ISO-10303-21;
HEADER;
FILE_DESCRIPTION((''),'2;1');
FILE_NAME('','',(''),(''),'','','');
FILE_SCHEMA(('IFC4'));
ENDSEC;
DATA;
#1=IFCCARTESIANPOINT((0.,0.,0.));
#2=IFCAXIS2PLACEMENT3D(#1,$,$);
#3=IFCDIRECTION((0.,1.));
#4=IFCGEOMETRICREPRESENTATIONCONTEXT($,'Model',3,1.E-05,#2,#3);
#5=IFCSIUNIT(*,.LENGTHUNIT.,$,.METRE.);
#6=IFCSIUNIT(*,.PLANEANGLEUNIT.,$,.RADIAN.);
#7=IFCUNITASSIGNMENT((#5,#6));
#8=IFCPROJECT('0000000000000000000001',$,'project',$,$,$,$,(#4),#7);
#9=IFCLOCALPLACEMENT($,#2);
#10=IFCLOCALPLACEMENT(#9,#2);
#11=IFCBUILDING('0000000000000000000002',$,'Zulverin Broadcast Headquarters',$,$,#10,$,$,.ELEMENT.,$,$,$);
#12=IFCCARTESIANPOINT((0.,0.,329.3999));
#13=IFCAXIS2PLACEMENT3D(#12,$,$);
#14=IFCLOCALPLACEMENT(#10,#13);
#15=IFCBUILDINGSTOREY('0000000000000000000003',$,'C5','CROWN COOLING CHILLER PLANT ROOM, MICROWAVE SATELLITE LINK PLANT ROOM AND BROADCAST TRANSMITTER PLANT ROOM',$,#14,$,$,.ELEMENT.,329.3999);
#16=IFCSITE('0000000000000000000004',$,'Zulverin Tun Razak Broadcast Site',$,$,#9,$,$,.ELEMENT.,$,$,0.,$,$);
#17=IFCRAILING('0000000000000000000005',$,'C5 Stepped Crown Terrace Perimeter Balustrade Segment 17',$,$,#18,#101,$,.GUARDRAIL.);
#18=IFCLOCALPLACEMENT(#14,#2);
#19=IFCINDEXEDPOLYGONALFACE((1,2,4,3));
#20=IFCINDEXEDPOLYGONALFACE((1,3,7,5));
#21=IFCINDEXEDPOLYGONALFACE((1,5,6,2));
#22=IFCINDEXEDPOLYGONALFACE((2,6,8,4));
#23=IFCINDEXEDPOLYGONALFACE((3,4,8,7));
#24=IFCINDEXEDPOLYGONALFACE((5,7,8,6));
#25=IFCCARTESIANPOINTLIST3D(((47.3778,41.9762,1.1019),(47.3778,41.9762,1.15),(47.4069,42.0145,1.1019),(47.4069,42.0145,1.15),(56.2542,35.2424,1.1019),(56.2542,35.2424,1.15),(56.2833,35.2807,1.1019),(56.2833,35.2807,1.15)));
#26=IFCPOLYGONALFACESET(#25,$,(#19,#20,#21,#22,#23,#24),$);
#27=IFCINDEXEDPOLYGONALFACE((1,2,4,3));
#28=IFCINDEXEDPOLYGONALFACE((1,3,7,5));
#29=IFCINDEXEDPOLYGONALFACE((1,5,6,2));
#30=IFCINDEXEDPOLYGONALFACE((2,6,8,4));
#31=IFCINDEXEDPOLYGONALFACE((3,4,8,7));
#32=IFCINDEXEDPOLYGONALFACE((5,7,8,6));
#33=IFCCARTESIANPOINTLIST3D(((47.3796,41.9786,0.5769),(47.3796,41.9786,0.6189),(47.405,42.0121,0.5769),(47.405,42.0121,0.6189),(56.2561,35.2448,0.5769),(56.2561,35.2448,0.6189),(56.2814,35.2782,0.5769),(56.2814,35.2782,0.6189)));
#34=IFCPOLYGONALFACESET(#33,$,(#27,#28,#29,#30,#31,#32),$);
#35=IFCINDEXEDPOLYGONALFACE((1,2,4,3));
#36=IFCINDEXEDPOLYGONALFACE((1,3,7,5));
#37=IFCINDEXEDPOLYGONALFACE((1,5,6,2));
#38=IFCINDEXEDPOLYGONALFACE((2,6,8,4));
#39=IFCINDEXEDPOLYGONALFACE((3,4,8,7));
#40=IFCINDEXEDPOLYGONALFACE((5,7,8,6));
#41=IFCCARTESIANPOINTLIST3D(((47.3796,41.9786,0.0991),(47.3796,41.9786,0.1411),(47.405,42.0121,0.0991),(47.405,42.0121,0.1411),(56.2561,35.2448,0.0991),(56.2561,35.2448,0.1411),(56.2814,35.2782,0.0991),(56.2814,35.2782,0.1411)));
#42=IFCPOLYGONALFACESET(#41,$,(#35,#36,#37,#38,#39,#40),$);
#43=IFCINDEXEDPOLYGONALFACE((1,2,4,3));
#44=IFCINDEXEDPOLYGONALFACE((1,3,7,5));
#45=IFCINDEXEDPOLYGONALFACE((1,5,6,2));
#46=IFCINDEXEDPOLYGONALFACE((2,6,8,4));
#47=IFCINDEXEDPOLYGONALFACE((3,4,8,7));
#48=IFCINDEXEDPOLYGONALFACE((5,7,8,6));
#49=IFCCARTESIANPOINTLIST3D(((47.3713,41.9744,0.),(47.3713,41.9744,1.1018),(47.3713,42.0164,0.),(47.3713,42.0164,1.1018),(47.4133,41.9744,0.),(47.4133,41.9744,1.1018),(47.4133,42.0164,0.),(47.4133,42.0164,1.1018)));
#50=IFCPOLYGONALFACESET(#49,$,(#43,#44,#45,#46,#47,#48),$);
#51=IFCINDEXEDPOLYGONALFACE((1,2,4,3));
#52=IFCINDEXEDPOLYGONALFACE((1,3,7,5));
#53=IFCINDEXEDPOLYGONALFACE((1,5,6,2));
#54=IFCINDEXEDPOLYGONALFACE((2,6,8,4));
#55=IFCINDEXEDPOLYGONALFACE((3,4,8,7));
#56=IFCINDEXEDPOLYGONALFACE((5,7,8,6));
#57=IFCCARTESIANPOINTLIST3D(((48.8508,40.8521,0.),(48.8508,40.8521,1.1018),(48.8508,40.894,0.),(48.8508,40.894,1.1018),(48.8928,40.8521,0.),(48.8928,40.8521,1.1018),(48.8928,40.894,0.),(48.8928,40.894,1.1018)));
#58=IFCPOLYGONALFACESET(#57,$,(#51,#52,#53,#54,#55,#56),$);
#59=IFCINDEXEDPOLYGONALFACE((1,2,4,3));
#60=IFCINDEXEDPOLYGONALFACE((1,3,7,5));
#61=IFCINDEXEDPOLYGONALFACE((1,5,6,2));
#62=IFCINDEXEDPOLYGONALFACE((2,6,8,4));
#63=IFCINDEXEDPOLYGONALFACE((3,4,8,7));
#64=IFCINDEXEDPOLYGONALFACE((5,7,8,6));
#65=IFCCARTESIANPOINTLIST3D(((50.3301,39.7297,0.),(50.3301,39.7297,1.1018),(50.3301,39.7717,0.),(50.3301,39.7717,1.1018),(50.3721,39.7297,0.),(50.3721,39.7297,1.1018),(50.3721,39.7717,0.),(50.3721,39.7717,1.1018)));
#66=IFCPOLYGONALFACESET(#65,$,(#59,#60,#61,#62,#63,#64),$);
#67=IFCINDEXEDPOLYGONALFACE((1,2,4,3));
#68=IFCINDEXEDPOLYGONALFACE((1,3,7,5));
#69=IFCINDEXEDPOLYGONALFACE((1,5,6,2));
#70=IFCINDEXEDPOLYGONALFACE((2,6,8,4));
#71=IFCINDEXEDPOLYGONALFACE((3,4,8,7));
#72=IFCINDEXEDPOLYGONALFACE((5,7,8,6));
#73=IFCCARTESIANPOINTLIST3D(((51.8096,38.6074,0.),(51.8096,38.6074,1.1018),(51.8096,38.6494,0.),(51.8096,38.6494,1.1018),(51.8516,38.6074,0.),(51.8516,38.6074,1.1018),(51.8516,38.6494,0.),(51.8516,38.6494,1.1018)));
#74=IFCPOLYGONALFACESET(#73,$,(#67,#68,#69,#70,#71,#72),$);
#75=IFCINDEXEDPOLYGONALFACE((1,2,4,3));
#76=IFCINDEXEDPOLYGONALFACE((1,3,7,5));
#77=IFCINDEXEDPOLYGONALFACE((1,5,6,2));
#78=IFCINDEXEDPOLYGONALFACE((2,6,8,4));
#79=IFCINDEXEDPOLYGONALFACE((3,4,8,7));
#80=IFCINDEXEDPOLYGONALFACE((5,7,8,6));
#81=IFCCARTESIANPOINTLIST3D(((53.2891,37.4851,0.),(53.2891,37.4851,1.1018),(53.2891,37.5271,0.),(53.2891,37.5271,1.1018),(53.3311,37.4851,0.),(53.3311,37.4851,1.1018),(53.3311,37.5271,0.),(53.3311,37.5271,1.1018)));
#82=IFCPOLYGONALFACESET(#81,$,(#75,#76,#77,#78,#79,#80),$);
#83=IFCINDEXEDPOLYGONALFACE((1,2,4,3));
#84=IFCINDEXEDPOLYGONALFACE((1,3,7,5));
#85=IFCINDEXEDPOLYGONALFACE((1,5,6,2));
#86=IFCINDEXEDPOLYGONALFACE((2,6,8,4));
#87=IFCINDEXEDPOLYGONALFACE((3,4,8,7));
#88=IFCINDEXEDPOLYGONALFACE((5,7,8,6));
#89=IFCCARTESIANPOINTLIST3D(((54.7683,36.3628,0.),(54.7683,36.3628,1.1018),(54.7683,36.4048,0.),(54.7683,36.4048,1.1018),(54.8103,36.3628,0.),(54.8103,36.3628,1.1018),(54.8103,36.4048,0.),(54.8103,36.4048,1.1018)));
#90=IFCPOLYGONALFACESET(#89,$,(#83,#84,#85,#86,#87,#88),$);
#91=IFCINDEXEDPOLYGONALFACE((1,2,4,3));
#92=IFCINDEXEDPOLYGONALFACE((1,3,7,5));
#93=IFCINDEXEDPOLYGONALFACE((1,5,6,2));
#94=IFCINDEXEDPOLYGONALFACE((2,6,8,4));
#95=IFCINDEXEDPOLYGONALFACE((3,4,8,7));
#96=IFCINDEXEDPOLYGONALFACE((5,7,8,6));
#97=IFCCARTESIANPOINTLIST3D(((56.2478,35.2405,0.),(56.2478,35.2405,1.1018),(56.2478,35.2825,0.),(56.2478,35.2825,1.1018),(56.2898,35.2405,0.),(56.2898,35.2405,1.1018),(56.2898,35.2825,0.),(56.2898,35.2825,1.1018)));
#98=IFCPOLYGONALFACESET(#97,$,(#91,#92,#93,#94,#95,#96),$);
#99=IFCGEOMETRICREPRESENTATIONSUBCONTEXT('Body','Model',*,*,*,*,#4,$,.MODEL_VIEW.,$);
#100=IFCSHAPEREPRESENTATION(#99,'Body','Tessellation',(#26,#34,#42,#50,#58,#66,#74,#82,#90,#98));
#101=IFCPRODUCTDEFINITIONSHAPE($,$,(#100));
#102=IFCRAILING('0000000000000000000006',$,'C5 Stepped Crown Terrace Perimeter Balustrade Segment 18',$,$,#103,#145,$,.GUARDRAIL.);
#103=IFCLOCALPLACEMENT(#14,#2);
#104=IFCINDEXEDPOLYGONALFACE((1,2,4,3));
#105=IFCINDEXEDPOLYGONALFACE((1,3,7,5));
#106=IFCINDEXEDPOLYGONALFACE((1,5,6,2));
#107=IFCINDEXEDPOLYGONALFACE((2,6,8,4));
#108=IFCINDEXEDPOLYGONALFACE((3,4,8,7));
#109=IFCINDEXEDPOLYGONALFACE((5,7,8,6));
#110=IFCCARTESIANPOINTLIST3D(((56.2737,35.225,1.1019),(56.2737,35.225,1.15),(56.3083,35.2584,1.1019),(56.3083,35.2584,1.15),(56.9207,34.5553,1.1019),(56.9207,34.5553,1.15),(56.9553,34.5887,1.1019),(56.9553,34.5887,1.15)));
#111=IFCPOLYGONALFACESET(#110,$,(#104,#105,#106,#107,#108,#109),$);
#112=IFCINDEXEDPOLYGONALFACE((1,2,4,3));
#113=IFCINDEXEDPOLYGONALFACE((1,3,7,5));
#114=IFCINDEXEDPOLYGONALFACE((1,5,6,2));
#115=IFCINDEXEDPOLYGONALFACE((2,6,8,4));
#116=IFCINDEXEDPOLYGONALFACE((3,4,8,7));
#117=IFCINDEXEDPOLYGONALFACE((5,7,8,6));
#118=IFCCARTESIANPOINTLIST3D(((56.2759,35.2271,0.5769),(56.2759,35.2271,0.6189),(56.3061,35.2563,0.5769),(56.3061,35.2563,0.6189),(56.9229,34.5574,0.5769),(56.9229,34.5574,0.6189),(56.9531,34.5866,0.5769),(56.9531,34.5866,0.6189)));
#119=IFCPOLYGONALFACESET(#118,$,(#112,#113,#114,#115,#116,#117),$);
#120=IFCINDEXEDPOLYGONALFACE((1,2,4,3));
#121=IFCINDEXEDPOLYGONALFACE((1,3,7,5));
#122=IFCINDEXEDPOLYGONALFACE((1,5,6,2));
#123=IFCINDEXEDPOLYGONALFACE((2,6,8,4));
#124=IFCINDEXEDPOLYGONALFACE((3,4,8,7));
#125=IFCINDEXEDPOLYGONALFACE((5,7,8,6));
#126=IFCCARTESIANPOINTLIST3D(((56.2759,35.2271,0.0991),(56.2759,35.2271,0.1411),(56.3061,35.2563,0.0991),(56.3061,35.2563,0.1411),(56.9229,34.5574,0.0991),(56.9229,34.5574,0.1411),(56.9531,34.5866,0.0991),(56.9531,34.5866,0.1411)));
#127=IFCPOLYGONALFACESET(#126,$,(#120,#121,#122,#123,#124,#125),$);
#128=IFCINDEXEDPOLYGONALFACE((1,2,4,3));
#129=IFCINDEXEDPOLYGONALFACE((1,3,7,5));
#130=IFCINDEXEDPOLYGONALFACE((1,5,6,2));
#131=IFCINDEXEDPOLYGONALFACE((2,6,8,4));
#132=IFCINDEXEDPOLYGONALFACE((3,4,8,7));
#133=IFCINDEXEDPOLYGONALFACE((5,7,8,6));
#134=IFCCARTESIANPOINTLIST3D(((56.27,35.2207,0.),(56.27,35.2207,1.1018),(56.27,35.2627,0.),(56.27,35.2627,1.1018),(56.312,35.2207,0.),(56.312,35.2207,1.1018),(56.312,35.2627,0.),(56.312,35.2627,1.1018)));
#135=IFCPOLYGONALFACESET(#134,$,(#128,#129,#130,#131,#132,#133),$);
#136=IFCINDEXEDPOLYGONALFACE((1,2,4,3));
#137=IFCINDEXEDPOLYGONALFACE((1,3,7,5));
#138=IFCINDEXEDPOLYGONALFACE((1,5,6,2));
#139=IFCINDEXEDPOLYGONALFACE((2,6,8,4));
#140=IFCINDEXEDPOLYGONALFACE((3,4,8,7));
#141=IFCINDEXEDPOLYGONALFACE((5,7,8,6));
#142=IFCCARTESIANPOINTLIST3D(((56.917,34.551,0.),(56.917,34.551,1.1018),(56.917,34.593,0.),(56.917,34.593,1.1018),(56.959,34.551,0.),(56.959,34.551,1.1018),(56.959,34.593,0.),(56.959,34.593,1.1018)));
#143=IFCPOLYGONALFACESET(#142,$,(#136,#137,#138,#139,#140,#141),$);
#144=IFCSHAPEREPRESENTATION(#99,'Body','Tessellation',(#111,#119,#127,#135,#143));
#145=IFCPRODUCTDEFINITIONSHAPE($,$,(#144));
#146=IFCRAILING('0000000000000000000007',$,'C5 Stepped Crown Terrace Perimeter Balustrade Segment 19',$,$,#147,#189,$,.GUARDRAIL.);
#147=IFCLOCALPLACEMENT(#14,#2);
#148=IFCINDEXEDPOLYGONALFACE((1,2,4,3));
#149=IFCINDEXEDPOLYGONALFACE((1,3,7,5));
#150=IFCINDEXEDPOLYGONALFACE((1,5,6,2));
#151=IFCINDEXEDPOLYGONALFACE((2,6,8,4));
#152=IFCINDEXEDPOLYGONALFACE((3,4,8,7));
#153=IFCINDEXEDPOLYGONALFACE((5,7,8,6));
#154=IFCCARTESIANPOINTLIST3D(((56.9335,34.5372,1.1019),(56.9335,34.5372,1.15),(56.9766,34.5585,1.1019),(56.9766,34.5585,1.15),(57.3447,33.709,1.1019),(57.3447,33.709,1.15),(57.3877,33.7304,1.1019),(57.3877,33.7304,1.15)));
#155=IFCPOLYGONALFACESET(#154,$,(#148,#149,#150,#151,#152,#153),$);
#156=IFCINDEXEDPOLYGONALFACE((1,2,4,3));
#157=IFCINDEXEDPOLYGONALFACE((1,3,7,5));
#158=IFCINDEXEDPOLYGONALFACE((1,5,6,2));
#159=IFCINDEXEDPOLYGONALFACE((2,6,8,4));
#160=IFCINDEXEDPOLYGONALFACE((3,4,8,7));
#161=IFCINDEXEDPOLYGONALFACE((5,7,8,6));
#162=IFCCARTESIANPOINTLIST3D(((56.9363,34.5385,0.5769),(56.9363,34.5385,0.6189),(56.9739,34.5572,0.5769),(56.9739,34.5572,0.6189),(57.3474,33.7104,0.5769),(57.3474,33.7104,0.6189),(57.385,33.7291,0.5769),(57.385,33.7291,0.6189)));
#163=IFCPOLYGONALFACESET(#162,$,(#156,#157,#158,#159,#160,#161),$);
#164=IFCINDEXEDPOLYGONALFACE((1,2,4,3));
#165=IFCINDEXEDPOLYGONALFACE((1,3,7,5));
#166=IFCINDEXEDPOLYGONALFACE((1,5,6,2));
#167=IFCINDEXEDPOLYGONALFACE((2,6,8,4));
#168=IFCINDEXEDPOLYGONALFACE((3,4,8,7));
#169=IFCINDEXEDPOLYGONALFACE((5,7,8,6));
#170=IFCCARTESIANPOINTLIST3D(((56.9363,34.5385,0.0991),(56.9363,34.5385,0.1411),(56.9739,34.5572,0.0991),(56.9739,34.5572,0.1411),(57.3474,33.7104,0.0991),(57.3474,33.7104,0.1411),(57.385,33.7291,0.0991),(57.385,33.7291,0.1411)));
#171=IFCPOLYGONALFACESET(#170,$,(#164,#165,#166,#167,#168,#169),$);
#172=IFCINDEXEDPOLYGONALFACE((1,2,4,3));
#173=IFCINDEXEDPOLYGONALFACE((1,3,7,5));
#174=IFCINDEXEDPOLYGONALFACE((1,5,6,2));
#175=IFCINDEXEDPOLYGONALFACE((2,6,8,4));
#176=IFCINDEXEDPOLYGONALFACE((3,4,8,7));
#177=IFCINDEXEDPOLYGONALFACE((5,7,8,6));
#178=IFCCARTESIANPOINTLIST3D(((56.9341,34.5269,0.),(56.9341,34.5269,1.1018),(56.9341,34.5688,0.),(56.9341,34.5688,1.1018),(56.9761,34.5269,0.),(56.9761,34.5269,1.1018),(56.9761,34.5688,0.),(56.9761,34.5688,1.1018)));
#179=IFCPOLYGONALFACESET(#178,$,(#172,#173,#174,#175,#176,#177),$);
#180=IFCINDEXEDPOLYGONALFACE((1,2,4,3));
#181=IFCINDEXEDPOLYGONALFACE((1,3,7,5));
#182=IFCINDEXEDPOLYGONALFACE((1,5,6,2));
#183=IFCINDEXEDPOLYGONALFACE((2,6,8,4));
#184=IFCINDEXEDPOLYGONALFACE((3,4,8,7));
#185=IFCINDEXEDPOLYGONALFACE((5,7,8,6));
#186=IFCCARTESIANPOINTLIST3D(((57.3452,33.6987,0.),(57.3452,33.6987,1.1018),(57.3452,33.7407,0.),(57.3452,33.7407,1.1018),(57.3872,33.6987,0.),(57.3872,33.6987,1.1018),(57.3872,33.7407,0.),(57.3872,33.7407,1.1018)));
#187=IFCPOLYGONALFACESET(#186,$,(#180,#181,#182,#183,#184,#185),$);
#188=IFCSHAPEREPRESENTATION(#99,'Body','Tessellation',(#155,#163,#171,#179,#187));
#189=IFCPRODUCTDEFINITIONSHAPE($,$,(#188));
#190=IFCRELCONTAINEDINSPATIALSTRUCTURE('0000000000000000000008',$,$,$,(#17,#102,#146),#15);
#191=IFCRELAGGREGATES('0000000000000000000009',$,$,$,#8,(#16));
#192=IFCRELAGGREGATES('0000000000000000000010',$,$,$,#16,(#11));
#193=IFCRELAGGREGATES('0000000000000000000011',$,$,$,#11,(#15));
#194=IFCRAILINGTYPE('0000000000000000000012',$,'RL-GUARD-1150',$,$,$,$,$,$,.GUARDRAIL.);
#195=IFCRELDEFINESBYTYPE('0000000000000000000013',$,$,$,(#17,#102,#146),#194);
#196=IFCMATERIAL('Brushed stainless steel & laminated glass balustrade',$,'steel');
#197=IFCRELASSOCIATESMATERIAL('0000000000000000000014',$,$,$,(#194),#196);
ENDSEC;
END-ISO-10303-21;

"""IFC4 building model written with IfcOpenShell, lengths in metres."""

from ifc_helpers import new_model, si_unit, direction, frame, origin, origin_2d, place, context, subcontext, project, spatial, rectangle, extrude, material, type_object, element, save


model = new_model("IFC4")

# Units and contexts
model_context = context("Model", 3, precision=1e-05, world=origin(), true_north=direction((0.0, 1.0)))
body_context = subcontext(model_context, "Body", "Model", "MODEL_VIEW")
ifc_project = project(units=[si_unit("LENGTHUNIT", "METRE"), si_unit("PLANEANGLEUNIT", "RADIAN")], contexts=[model_context])

# Site, building, storey
site_placement = place(None, origin())
site = spatial("IfcSite", under=ifc_project, at=site_placement, Name="Zulverin Tun Razak Broadcast Site", CompositionType="ELEMENT", RefElevation=0.0)
building_placement = place(site_placement, origin())
building = spatial("IfcBuilding", under=site, at=building_placement, Name="Zulverin Broadcast Headquarters", CompositionType="ELEMENT")
storey_placement = place(building_placement, frame((0.0, 0.0, 329.3999)))
storey = spatial("IfcBuildingStorey", under=building, at=storey_placement, Name="C5", Description="CROWN COOLING CHILLER PLANT ROOM, MICROWAVE SATELLITE LINK PLANT ROOM AND BROADCAST TRANSMITTER PLANT ROOM", CompositionType="ELEMENT", Elevation=329.3999)

# Railings
ifc_material_1 = material(Name="Brushed stainless steel & laminated glass balustrade", Category="steel")
railing_type = type_object("IfcRailingType", Name="RL-GUARD-1150", PredefinedType="GUARDRAIL", material=ifc_material_1)
railing_1_placement = place(storey_placement, frame((47.3923, 41.9954, 0.0)))
element("IfcRailing", 1, at=railing_1_placement, inside=storey, type_object=railing_type, Name="C5 Stepped Crown Terrace Perimeter Balustrade Segment 17", PredefinedType="GUARDRAIL", context=body_context, shape_type="SweptSolid", body=[
    extrude(rectangle(XDim=0.0481, YDim=0.0481, at=origin_2d()), frame((0.0, 0.0, 1.126), z_axis=(0.796691, -0.604387, 0.0), x_axis=(0.604387, 0.796691, 0.0)), (0.0, 0.0, 1.0), 11.1416),
    extrude(rectangle(XDim=0.042, YDim=0.042, at=origin_2d()), frame((0.0, 0.0, 0.5979), z_axis=(0.796691, -0.604387, 0.0), x_axis=(0.604387, 0.796691, 0.0)), (0.0, 0.0, 1.0), 11.1416),
    extrude(rectangle(XDim=0.042, YDim=0.042, at=origin_2d()), frame((0.0, 0.0, 0.1201), z_axis=(0.796691, -0.604387, 0.0), x_axis=(0.604387, 0.796691, 0.0)), (0.0, 0.0, 1.0), 11.1416),
    extrude(rectangle(XDim=0.042, YDim=0.042, at=origin_2d()), origin(), (0.0, 0.0, 1.0), 1.1018),
    extrude(rectangle(XDim=0.042, YDim=0.042, at=origin_2d()), frame((1.4795, -1.1223, 0.0)), (0.0, 0.0, 1.0), 1.1018),
    extrude(rectangle(XDim=0.042, YDim=0.042, at=origin_2d()), frame((2.9587, -2.2446, 0.0)), (0.0, 0.0, 1.0), 1.1018),
    extrude(rectangle(XDim=0.042, YDim=0.042, at=origin_2d()), frame((4.4382, -3.3669, 0.0)), (0.0, 0.0, 1.0), 1.1018),
    extrude(rectangle(XDim=0.042, YDim=0.042, at=origin_2d()), frame((5.9177, -4.4893, 0.0)), (0.0, 0.0, 1.0), 1.1018),
    extrude(rectangle(XDim=0.042, YDim=0.042, at=origin_2d()), frame((7.397, -5.6116, 0.0)), (0.0, 0.0, 1.0), 1.1018),
    extrude(rectangle(XDim=0.042, YDim=0.042, at=origin_2d()), frame((8.8765, -6.7339, 0.0)), (0.0, 0.0, 1.0), 1.1018),
])
railing_2_placement = place(storey_placement, frame((56.291, 35.2417, 0.0)))
element("IfcRailing", 2, at=railing_2_placement, inside=storey, type_object=railing_type, Name="C5 Stepped Crown Terrace Perimeter Balustrade Segment 18", PredefinedType="GUARDRAIL", context=body_context, shape_type="SweptSolid", body=[
    extrude(rectangle(XDim=0.0481, YDim=0.0481, at=origin_2d()), frame((0.0, 0.0, 1.126), z_axis=(0.69481, -0.719194, 0.0), x_axis=(0.719194, 0.69481, 0.0)), (0.0, 0.0, 1.0), 0.9312),
    extrude(rectangle(XDim=0.042, YDim=0.042, at=origin_2d()), frame((0.0, 0.0, 0.5979), z_axis=(0.69481, -0.719194, 0.0), x_axis=(0.719194, 0.69481, 0.0)), (0.0, 0.0, 1.0), 0.9312),
    extrude(rectangle(XDim=0.042, YDim=0.042, at=origin_2d()), frame((0.0, 0.0, 0.1201), z_axis=(0.69481, -0.719194, 0.0), x_axis=(0.719194, 0.69481, 0.0)), (0.0, 0.0, 1.0), 0.9312),
    extrude(rectangle(XDim=0.042, YDim=0.042, at=origin_2d()), origin(), (0.0, 0.0, 1.0), 1.1018),
    extrude(rectangle(XDim=0.042, YDim=0.042, at=origin_2d()), frame((0.647, -0.6697, 0.0)), (0.0, 0.0, 1.0), 1.1018),
])
railing_3_placement = place(storey_placement, frame((56.9551, 34.5479, 0.0)))
element("IfcRailing", 3, at=railing_3_placement, inside=storey, type_object=railing_type, Name="C5 Stepped Crown Terrace Perimeter Balustrade Segment 19", PredefinedType="GUARDRAIL", context=body_context, shape_type="SweptSolid", body=[
    extrude(rectangle(XDim=0.0481, YDim=0.0481, at=origin_2d()), frame((0.0, 0.0, 1.126), z_axis=(0.444677, -0.895691, 0.0), x_axis=(0.895691, 0.444677, 0.0)), (0.0, 0.0, 1.0), 0.9246),
    extrude(rectangle(XDim=0.042, YDim=0.042, at=origin_2d()), frame((0.0, 0.0, 0.5979), z_axis=(0.444677, -0.895691, 0.0), x_axis=(0.895691, 0.444677, 0.0)), (0.0, 0.0, 1.0), 0.9246),
    extrude(rectangle(XDim=0.042, YDim=0.042, at=origin_2d()), frame((0.0, 0.0, 0.1201), z_axis=(0.444677, -0.895691, 0.0), x_axis=(0.895691, 0.444677, 0.0)), (0.0, 0.0, 1.0), 0.9246),
    extrude(rectangle(XDim=0.042, YDim=0.042, at=origin_2d()), origin(), (0.0, 0.0, 1.0), 1.1018),
    extrude(rectangle(XDim=0.042, YDim=0.042, at=origin_2d()), frame((0.4111, -0.8281, 0.0)), (0.0, 0.0, 1.0), 1.1018),
])

save(model, "model.ifc")
